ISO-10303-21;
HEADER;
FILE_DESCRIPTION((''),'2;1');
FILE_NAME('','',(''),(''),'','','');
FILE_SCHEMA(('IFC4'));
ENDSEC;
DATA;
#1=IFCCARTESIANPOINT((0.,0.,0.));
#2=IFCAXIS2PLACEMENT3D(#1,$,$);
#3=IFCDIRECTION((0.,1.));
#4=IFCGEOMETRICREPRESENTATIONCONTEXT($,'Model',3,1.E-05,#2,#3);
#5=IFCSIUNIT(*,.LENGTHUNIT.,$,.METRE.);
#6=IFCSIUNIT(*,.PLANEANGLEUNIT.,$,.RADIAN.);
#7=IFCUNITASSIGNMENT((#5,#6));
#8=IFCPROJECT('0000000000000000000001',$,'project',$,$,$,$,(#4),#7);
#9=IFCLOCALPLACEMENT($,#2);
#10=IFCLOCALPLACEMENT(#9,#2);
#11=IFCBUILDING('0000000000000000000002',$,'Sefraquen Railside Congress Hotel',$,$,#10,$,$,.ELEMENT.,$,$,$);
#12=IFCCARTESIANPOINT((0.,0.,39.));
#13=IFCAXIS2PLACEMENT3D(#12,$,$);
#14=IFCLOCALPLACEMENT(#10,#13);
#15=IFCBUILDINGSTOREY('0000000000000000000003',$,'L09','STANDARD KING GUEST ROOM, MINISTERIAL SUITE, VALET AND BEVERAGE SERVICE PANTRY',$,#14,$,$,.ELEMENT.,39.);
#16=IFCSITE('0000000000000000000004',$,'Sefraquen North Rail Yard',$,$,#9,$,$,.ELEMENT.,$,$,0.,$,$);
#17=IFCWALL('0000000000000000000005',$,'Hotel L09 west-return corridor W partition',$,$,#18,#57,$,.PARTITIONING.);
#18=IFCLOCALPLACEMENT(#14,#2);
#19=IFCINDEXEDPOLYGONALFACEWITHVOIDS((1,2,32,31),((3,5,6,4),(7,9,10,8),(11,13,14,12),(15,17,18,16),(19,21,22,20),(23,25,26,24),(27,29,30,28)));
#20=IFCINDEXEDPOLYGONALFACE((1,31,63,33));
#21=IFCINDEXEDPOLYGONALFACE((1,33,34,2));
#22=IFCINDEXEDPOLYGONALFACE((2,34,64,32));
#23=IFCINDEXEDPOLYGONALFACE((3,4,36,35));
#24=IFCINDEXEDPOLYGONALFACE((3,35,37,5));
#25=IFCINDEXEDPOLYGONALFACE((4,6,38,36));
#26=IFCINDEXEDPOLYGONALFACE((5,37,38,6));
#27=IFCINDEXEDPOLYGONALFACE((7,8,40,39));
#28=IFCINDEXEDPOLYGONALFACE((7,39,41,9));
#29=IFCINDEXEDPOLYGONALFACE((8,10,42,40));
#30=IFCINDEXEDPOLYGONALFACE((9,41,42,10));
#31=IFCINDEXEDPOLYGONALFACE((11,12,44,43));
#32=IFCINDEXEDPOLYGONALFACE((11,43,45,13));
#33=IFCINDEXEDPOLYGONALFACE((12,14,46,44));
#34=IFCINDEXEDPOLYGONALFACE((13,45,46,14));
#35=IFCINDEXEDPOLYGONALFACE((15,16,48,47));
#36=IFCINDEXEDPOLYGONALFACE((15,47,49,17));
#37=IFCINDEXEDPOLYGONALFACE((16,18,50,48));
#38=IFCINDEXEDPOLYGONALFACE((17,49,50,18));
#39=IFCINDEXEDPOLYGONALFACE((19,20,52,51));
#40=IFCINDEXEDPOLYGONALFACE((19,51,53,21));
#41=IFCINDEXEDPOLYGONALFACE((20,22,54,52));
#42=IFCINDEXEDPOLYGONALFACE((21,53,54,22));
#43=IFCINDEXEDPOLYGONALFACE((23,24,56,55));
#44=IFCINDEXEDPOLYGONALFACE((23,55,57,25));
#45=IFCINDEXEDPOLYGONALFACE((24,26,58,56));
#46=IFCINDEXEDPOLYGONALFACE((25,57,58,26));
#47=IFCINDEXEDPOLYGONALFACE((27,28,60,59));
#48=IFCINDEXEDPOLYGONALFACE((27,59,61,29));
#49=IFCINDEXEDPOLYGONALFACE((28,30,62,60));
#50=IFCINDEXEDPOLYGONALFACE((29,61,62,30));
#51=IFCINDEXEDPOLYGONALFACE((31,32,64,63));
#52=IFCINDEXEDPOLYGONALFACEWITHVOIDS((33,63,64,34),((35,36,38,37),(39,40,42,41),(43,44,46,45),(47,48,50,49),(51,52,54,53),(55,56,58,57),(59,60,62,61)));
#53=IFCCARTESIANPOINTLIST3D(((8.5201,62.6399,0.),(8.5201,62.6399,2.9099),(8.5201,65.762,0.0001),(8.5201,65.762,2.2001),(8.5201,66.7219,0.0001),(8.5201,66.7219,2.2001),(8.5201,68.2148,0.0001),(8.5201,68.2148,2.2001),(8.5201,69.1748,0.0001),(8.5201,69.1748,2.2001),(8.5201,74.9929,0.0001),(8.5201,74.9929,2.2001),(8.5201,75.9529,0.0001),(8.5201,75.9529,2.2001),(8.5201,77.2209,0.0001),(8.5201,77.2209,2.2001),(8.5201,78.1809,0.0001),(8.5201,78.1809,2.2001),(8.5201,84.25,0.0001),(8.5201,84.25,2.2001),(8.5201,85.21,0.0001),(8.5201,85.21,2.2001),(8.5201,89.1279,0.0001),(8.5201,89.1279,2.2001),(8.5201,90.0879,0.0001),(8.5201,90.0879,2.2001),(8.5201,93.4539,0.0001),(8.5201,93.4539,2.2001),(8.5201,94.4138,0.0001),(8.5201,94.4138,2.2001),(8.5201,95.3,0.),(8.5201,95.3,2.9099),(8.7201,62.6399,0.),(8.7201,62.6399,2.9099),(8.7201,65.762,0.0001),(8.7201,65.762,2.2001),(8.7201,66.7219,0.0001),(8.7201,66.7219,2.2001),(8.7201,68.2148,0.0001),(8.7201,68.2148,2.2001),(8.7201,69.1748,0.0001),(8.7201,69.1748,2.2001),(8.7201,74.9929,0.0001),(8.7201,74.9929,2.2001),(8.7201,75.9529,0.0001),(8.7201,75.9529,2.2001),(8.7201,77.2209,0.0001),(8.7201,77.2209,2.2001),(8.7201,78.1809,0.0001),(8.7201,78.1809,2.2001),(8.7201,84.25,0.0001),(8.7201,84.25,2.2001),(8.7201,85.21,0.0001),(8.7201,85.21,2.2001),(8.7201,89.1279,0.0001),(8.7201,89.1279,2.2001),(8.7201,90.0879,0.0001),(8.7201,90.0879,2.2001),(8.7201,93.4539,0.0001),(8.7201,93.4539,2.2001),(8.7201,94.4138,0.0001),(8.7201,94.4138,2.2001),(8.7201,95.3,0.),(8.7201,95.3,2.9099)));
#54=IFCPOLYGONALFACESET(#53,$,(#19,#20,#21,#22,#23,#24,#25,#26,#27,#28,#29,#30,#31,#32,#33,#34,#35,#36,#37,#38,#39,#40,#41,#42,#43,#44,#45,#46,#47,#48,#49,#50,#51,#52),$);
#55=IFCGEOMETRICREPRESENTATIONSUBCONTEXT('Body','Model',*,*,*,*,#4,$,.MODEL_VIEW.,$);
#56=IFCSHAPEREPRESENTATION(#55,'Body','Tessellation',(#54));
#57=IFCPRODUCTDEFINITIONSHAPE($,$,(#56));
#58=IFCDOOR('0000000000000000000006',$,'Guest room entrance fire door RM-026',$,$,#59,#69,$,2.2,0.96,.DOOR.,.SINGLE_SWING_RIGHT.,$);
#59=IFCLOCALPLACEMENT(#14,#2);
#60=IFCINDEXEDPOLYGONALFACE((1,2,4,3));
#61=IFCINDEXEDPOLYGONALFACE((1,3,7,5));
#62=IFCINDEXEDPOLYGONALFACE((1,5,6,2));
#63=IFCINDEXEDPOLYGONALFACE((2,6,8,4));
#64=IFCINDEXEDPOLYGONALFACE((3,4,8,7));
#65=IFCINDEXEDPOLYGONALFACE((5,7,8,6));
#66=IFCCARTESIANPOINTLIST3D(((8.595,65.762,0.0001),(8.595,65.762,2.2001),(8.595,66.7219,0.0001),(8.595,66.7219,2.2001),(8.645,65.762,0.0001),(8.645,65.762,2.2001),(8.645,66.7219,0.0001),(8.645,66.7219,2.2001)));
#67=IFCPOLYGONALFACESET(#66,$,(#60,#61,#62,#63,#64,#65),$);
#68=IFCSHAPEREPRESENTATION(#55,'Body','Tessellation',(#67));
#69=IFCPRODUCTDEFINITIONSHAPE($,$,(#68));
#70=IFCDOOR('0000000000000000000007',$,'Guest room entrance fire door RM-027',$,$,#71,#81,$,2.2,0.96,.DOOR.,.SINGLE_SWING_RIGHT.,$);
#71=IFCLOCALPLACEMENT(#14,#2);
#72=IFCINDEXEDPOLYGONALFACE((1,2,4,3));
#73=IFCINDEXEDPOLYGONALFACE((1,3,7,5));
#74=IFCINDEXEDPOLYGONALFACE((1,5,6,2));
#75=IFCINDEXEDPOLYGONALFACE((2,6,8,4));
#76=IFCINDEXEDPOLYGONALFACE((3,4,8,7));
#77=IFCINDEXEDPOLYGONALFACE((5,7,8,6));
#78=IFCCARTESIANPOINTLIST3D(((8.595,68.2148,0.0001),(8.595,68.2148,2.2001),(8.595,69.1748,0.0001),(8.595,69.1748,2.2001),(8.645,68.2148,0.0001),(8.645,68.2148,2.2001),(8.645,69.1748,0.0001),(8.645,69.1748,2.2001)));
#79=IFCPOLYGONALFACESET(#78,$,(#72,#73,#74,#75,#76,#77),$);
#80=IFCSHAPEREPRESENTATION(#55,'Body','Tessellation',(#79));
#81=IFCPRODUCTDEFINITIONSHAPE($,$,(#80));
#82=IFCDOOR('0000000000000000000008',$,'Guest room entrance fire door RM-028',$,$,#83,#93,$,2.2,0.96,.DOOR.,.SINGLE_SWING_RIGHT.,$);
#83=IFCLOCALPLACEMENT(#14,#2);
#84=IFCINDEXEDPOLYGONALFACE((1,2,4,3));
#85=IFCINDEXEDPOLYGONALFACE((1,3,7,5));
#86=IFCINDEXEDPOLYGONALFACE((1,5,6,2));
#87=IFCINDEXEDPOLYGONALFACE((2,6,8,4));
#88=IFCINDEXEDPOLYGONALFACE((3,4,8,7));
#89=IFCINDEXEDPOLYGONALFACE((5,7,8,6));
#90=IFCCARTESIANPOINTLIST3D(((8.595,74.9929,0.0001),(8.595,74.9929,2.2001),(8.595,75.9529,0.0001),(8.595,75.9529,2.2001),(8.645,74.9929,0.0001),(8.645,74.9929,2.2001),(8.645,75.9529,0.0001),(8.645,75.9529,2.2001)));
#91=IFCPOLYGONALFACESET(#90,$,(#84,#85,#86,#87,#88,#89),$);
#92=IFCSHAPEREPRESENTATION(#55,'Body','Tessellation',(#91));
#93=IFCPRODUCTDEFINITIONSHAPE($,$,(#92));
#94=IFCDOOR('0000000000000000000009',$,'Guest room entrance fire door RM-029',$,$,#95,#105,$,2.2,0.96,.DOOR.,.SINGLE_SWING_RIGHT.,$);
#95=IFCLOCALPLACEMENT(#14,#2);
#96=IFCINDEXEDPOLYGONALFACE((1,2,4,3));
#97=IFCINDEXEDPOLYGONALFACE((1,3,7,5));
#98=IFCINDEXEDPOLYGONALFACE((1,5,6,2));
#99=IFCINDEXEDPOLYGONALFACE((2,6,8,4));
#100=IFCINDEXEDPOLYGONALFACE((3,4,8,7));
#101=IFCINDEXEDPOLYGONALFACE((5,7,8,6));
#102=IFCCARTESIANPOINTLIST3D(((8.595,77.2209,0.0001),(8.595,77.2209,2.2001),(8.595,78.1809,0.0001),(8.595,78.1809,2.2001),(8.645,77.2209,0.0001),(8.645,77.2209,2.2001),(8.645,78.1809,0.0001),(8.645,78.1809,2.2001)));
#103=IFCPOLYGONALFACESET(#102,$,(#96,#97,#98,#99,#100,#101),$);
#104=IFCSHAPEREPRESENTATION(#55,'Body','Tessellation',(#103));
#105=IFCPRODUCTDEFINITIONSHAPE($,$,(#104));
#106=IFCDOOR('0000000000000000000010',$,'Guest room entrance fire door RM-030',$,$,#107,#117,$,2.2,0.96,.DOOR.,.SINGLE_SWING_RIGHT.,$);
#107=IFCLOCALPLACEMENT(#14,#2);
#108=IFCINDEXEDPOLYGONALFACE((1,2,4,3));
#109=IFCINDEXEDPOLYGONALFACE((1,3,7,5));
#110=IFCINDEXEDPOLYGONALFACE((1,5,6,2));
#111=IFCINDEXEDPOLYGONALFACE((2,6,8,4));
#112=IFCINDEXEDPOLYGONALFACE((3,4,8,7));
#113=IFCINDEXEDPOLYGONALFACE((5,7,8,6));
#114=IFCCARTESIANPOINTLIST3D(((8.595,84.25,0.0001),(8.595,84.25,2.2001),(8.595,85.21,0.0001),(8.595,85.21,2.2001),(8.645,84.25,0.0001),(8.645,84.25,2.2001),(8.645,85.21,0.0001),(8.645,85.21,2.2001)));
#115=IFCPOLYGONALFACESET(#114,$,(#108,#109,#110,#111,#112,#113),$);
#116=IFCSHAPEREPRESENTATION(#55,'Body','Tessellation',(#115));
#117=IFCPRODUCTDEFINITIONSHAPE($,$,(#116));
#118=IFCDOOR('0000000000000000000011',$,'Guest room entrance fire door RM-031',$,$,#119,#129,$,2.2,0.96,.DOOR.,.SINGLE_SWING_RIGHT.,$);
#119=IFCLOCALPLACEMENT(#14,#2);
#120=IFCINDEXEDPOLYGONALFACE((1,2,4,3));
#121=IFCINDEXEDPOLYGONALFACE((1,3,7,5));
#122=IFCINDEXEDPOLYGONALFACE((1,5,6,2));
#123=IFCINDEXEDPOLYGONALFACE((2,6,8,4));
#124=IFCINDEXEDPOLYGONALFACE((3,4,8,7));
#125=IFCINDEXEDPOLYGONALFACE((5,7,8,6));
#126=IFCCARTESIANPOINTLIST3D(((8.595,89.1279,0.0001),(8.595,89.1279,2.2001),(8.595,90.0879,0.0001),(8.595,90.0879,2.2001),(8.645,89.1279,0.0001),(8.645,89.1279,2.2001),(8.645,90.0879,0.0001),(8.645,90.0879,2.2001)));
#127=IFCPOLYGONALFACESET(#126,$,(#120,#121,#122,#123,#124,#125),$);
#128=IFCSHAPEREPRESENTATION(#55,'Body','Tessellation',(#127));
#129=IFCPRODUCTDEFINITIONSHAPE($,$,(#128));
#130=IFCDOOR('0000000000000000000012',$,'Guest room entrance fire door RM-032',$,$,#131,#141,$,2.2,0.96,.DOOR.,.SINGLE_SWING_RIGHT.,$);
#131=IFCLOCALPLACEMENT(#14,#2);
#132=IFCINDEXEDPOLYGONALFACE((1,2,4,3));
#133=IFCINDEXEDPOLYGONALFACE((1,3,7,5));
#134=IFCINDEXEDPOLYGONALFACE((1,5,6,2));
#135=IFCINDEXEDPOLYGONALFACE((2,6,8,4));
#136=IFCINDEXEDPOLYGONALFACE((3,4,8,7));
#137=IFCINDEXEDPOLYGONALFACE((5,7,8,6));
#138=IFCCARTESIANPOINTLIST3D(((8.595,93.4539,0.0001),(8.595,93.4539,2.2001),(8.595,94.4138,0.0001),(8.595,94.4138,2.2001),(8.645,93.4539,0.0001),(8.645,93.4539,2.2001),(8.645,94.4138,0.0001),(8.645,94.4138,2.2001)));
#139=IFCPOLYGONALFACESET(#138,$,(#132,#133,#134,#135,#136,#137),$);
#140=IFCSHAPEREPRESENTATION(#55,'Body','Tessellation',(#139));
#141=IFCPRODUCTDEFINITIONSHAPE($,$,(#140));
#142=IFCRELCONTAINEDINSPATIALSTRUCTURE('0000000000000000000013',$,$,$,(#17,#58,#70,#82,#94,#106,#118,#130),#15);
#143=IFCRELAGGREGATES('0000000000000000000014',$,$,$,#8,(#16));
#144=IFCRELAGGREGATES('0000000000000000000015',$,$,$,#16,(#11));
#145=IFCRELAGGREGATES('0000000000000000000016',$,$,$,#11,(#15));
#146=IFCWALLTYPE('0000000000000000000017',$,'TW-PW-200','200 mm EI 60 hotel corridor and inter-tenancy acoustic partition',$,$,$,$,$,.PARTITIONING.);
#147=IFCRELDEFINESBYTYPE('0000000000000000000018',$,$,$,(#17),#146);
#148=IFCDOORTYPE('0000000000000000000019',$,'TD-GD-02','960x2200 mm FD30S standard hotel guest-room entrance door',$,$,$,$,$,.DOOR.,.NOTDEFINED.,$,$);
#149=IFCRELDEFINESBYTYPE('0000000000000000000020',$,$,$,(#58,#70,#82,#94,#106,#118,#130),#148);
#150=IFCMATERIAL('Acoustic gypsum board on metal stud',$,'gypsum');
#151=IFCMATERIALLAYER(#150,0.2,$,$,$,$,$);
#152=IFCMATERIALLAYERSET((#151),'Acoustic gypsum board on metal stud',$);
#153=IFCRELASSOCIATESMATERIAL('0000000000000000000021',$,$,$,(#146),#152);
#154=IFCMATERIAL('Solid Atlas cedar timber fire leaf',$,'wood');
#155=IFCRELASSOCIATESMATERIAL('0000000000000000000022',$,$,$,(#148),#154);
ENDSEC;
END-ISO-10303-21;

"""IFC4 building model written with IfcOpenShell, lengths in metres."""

from ifc_helpers import new_model, si_unit, direction, frame, frame_2d, origin, place, context, subcontext, project, spatial, rectangle, extrude, material, layer, layer_set, type_object, element, fill, save


model = new_model("IFC4")

# Units and contexts
model_context = context("Model", 3, precision=1e-05, world=origin(), true_north=direction((0.0, 1.0)))
body_context = subcontext(model_context, "Body", "Model", "MODEL_VIEW")
ifc_project = project(units=[si_unit("LENGTHUNIT", "METRE"), si_unit("PLANEANGLEUNIT", "RADIAN")], contexts=[model_context])

# Site, building, storey
site_placement = place(None, origin())
site = spatial("IfcSite", under=ifc_project, at=site_placement, Name="Sefraquen North Rail Yard", CompositionType="ELEMENT", RefElevation=0.0)
building_placement = place(site_placement, origin())
building = spatial("IfcBuilding", under=site, at=building_placement, Name="Sefraquen Railside Congress Hotel", CompositionType="ELEMENT")
storey_placement = place(building_placement, frame((0.0, 0.0, 39.0)))
storey = spatial("IfcBuildingStorey", under=building, at=storey_placement, Name="L09", Description="STANDARD KING GUEST ROOM, MINISTERIAL SUITE, VALET AND BEVERAGE SERVICE PANTRY", CompositionType="ELEMENT", Elevation=39.0)

# Wall, openings, doors
ifc_material_1 = material(Name="Acoustic gypsum board on metal stud", Category="gypsum")
ifc_layer_1 = layer(ifc_material_1, 0.2)
ifc_layer_set_1 = layer_set([ifc_layer_1], Name="Acoustic gypsum board on metal stud")
wall_type_1 = type_object("IfcWallType", Name="TW-PW-200", Description="200 mm EI 60 hotel corridor and inter-tenancy acoustic partition", PredefinedType="PARTITIONING", material=ifc_layer_set_1)
wall_1_placement = place(storey_placement, frame((8.6201, 62.6399, 0.0), z_axis=(0.0, 0.0, 1.0), x_axis=(0.0, 1.0, 0.0)))
wall_1 = element("IfcWall", 1, at=wall_1_placement, inside=storey, type_object=wall_type_1, Name="Hotel L09 west-return corridor W partition", PredefinedType="PARTITIONING", context=body_context, shape_type="SweptSolid", body=[
    extrude(rectangle(XDim=32.6602, YDim=0.2, at=frame_2d((16.3301, 0.0))), origin(), (0.0, 0.0, 1.0), 2.9099),
])
opening_1_placement = place(wall_1_placement, frame((3.1221, 0.0, 0.0)))
opening_1 = element("IfcOpeningElement", 2, at=opening_1_placement, cuts=wall_1, PredefinedType="OPENING", context=body_context, shape_type="SweptSolid", body=[
    extrude(rectangle(XDim=0.96, YDim=2.2, at=frame_2d((0.48, 1.1001))), frame((0.0, 0.1099, 0.0), z_axis=(0.0, -1.0, 0.0), x_axis=(1.0, 0.0, 0.0)), (0.0, 0.0, 1.0), 0.22),
])
opening_2_placement = place(wall_1_placement, frame((5.575, 0.0, 0.0)))
opening_2 = element("IfcOpeningElement", 3, at=opening_2_placement, cuts=wall_1, PredefinedType="OPENING", context=body_context, shape_type="SweptSolid", body=[
    extrude(rectangle(XDim=0.96, YDim=2.2, at=frame_2d((0.48, 1.1001))), frame((0.0, 0.1099, 0.0), z_axis=(0.0, -1.0, 0.0), x_axis=(1.0, 0.0, 0.0)), (0.0, 0.0, 1.0), 0.22),
])
opening_3_placement = place(wall_1_placement, frame((12.353, 0.0, 0.0)))
opening_3 = element("IfcOpeningElement", 4, at=opening_3_placement, cuts=wall_1, PredefinedType="OPENING", context=body_context, shape_type="SweptSolid", body=[
    extrude(rectangle(XDim=0.96, YDim=2.2, at=frame_2d((0.48, 1.1001))), frame((0.0, 0.1099, 0.0), z_axis=(0.0, -1.0, 0.0), x_axis=(1.0, 0.0, 0.0)), (0.0, 0.0, 1.0), 0.22),
])
opening_4_placement = place(wall_1_placement, frame((14.5811, 0.0, 0.0)))
opening_4 = element("IfcOpeningElement", 5, at=opening_4_placement, cuts=wall_1, PredefinedType="OPENING", context=body_context, shape_type="SweptSolid", body=[
    extrude(rectangle(XDim=0.96, YDim=2.2, at=frame_2d((0.48, 1.1001))), frame((0.0, 0.1099, 0.0), z_axis=(0.0, -1.0, 0.0), x_axis=(1.0, 0.0, 0.0)), (0.0, 0.0, 1.0), 0.22),
])
opening_5_placement = place(wall_1_placement, frame((21.6101, 0.0, 0.0)))
opening_5 = element("IfcOpeningElement", 6, at=opening_5_placement, cuts=wall_1, PredefinedType="OPENING", context=body_context, shape_type="SweptSolid", body=[
    extrude(rectangle(XDim=0.96, YDim=2.2, at=frame_2d((0.48, 1.1001))), frame((0.0, 0.1099, 0.0), z_axis=(0.0, -1.0, 0.0), x_axis=(1.0, 0.0, 0.0)), (0.0, 0.0, 1.0), 0.22),
])
opening_6_placement = place(wall_1_placement, frame((26.488, 0.0, 0.0)))
opening_6 = element("IfcOpeningElement", 7, at=opening_6_placement, cuts=wall_1, PredefinedType="OPENING", context=body_context, shape_type="SweptSolid", body=[
    extrude(rectangle(XDim=0.96, YDim=2.2, at=frame_2d((0.48, 1.1001))), frame((0.0, 0.1099, 0.0), z_axis=(0.0, -1.0, 0.0), x_axis=(1.0, 0.0, 0.0)), (0.0, 0.0, 1.0), 0.22),
])
opening_7_placement = place(wall_1_placement, frame((30.814, 0.0, 0.0)))
opening_7 = element("IfcOpeningElement", 8, at=opening_7_placement, cuts=wall_1, PredefinedType="OPENING", context=body_context, shape_type="SweptSolid", body=[
    extrude(rectangle(XDim=0.96, YDim=2.2, at=frame_2d((0.48, 1.1001))), frame((0.0, 0.1099, 0.0), z_axis=(0.0, -1.0, 0.0), x_axis=(1.0, 0.0, 0.0)), (0.0, 0.0, 1.0), 0.22),
])
ifc_material_2 = material(Name="Solid Atlas cedar timber fire leaf", Category="wood")
door_type_1 = type_object("IfcDoorType", Name="TD-GD-02", Description="960x2200 mm FD30S standard hotel guest-room entrance door", OperationType="NOTDEFINED", PredefinedType="DOOR", material=ifc_material_2)
door_1_placement = place(opening_1_placement, frame((0.96, 0.0, 0.0), z_axis=(0.0, 0.0, 1.0), x_axis=(-1.0, 0.0, 0.0)))
door_1 = element("IfcDoor", 9, at=door_1_placement, inside=storey, type_object=door_type_1, Name="Guest room entrance fire door RM-026", OperationType="SINGLE_SWING_RIGHT", OverallHeight=2.2, OverallWidth=0.96, PredefinedType="DOOR", context=body_context, shape_type="SweptSolid", body=[
    extrude(rectangle(XDim=0.96, YDim=2.2, at=frame_2d((0.48, 1.1001))), frame((0.0, 0.0249, 0.0), z_axis=(0.0, -1.0, 0.0), x_axis=(1.0, 0.0, 0.0)), (0.0, 0.0, 1.0), 0.05),
])
fill(opening_1, door_1)
door_2_placement = place(opening_2_placement, frame((0.96, 0.0, 0.0), z_axis=(0.0, 0.0, 1.0), x_axis=(-1.0, 0.0, 0.0)))
door_2 = element("IfcDoor", 10, at=door_2_placement, inside=storey, type_object=door_type_1, Name="Guest room entrance fire door RM-027", OperationType="SINGLE_SWING_RIGHT", OverallHeight=2.2, OverallWidth=0.96, PredefinedType="DOOR", context=body_context, shape_type="SweptSolid", body=[
    extrude(rectangle(XDim=0.96, YDim=2.2, at=frame_2d((0.48, 1.1001))), frame((0.0, 0.0249, 0.0), z_axis=(0.0, -1.0, 0.0), x_axis=(1.0, 0.0, 0.0)), (0.0, 0.0, 1.0), 0.05),
])
fill(opening_2, door_2)
door_3_placement = place(opening_3_placement, frame((0.96, 0.0, 0.0), z_axis=(0.0, 0.0, 1.0), x_axis=(-1.0, 0.0, 0.0)))
door_3 = element("IfcDoor", 11, at=door_3_placement, inside=storey, type_object=door_type_1, Name="Guest room entrance fire door RM-028", OperationType="SINGLE_SWING_RIGHT", OverallHeight=2.2, OverallWidth=0.96, PredefinedType="DOOR", context=body_context, shape_type="SweptSolid", body=[
    extrude(rectangle(XDim=0.96, YDim=2.2, at=frame_2d((0.48, 1.1001))), frame((0.0, 0.0249, 0.0), z_axis=(0.0, -1.0, 0.0), x_axis=(1.0, 0.0, 0.0)), (0.0, 0.0, 1.0), 0.05),
])
fill(opening_3, door_3)
door_4_placement = place(opening_4_placement, frame((0.96, 0.0, 0.0), z_axis=(0.0, 0.0, 1.0), x_axis=(-1.0, 0.0, 0.0)))
door_4 = element("IfcDoor", 12, at=door_4_placement, inside=storey, type_object=door_type_1, Name="Guest room entrance fire door RM-029", OperationType="SINGLE_SWING_RIGHT", OverallHeight=2.2, OverallWidth=0.96, PredefinedType="DOOR", context=body_context, shape_type="SweptSolid", body=[
    extrude(rectangle(XDim=0.96, YDim=2.2, at=frame_2d((0.48, 1.1001))), frame((0.0, 0.0249, 0.0), z_axis=(0.0, -1.0, 0.0), x_axis=(1.0, 0.0, 0.0)), (0.0, 0.0, 1.0), 0.05),
])
fill(opening_4, door_4)
door_5_placement = place(opening_5_placement, frame((0.96, 0.0, 0.0), z_axis=(0.0, 0.0, 1.0), x_axis=(-1.0, 0.0, 0.0)))
door_5 = element("IfcDoor", 13, at=door_5_placement, inside=storey, type_object=door_type_1, Name="Guest room entrance fire door RM-030", OperationType="SINGLE_SWING_RIGHT", OverallHeight=2.2, OverallWidth=0.96, PredefinedType="DOOR", context=body_context, shape_type="SweptSolid", body=[
    extrude(rectangle(XDim=0.96, YDim=2.2, at=frame_2d((0.48, 1.1001))), frame((0.0, 0.0249, 0.0), z_axis=(0.0, -1.0, 0.0), x_axis=(1.0, 0.0, 0.0)), (0.0, 0.0, 1.0), 0.05),
])
fill(opening_5, door_5)
door_6_placement = place(opening_6_placement, frame((0.96, 0.0, 0.0), z_axis=(0.0, 0.0, 1.0), x_axis=(-1.0, 0.0, 0.0)))
door_6 = element("IfcDoor", 14, at=door_6_placement, inside=storey, type_object=door_type_1, Name="Guest room entrance fire door RM-031", OperationType="SINGLE_SWING_RIGHT", OverallHeight=2.2, OverallWidth=0.96, PredefinedType="DOOR", context=body_context, shape_type="SweptSolid", body=[
    extrude(rectangle(XDim=0.96, YDim=2.2, at=frame_2d((0.48, 1.1001))), frame((0.0, 0.0249, 0.0), z_axis=(0.0, -1.0, 0.0), x_axis=(1.0, 0.0, 0.0)), (0.0, 0.0, 1.0), 0.05),
])
fill(opening_6, door_6)
door_7_placement = place(opening_7_placement, frame((0.96, 0.0, 0.0), z_axis=(0.0, 0.0, 1.0), x_axis=(-1.0, 0.0, 0.0)))
door_7 = element("IfcDoor", 15, at=door_7_placement, inside=storey, type_object=door_type_1, Name="Guest room entrance fire door RM-032", OperationType="SINGLE_SWING_RIGHT", OverallHeight=2.2, OverallWidth=0.96, PredefinedType="DOOR", context=body_context, shape_type="SweptSolid", body=[
    extrude(rectangle(XDim=0.96, YDim=2.2, at=frame_2d((0.48, 1.1001))), frame((0.0, 0.0249, 0.0), z_axis=(0.0, -1.0, 0.0), x_axis=(1.0, 0.0, 0.0)), (0.0, 0.0, 1.0), 0.05),
])
fill(opening_7, door_7)

save(model, "model.ifc")
